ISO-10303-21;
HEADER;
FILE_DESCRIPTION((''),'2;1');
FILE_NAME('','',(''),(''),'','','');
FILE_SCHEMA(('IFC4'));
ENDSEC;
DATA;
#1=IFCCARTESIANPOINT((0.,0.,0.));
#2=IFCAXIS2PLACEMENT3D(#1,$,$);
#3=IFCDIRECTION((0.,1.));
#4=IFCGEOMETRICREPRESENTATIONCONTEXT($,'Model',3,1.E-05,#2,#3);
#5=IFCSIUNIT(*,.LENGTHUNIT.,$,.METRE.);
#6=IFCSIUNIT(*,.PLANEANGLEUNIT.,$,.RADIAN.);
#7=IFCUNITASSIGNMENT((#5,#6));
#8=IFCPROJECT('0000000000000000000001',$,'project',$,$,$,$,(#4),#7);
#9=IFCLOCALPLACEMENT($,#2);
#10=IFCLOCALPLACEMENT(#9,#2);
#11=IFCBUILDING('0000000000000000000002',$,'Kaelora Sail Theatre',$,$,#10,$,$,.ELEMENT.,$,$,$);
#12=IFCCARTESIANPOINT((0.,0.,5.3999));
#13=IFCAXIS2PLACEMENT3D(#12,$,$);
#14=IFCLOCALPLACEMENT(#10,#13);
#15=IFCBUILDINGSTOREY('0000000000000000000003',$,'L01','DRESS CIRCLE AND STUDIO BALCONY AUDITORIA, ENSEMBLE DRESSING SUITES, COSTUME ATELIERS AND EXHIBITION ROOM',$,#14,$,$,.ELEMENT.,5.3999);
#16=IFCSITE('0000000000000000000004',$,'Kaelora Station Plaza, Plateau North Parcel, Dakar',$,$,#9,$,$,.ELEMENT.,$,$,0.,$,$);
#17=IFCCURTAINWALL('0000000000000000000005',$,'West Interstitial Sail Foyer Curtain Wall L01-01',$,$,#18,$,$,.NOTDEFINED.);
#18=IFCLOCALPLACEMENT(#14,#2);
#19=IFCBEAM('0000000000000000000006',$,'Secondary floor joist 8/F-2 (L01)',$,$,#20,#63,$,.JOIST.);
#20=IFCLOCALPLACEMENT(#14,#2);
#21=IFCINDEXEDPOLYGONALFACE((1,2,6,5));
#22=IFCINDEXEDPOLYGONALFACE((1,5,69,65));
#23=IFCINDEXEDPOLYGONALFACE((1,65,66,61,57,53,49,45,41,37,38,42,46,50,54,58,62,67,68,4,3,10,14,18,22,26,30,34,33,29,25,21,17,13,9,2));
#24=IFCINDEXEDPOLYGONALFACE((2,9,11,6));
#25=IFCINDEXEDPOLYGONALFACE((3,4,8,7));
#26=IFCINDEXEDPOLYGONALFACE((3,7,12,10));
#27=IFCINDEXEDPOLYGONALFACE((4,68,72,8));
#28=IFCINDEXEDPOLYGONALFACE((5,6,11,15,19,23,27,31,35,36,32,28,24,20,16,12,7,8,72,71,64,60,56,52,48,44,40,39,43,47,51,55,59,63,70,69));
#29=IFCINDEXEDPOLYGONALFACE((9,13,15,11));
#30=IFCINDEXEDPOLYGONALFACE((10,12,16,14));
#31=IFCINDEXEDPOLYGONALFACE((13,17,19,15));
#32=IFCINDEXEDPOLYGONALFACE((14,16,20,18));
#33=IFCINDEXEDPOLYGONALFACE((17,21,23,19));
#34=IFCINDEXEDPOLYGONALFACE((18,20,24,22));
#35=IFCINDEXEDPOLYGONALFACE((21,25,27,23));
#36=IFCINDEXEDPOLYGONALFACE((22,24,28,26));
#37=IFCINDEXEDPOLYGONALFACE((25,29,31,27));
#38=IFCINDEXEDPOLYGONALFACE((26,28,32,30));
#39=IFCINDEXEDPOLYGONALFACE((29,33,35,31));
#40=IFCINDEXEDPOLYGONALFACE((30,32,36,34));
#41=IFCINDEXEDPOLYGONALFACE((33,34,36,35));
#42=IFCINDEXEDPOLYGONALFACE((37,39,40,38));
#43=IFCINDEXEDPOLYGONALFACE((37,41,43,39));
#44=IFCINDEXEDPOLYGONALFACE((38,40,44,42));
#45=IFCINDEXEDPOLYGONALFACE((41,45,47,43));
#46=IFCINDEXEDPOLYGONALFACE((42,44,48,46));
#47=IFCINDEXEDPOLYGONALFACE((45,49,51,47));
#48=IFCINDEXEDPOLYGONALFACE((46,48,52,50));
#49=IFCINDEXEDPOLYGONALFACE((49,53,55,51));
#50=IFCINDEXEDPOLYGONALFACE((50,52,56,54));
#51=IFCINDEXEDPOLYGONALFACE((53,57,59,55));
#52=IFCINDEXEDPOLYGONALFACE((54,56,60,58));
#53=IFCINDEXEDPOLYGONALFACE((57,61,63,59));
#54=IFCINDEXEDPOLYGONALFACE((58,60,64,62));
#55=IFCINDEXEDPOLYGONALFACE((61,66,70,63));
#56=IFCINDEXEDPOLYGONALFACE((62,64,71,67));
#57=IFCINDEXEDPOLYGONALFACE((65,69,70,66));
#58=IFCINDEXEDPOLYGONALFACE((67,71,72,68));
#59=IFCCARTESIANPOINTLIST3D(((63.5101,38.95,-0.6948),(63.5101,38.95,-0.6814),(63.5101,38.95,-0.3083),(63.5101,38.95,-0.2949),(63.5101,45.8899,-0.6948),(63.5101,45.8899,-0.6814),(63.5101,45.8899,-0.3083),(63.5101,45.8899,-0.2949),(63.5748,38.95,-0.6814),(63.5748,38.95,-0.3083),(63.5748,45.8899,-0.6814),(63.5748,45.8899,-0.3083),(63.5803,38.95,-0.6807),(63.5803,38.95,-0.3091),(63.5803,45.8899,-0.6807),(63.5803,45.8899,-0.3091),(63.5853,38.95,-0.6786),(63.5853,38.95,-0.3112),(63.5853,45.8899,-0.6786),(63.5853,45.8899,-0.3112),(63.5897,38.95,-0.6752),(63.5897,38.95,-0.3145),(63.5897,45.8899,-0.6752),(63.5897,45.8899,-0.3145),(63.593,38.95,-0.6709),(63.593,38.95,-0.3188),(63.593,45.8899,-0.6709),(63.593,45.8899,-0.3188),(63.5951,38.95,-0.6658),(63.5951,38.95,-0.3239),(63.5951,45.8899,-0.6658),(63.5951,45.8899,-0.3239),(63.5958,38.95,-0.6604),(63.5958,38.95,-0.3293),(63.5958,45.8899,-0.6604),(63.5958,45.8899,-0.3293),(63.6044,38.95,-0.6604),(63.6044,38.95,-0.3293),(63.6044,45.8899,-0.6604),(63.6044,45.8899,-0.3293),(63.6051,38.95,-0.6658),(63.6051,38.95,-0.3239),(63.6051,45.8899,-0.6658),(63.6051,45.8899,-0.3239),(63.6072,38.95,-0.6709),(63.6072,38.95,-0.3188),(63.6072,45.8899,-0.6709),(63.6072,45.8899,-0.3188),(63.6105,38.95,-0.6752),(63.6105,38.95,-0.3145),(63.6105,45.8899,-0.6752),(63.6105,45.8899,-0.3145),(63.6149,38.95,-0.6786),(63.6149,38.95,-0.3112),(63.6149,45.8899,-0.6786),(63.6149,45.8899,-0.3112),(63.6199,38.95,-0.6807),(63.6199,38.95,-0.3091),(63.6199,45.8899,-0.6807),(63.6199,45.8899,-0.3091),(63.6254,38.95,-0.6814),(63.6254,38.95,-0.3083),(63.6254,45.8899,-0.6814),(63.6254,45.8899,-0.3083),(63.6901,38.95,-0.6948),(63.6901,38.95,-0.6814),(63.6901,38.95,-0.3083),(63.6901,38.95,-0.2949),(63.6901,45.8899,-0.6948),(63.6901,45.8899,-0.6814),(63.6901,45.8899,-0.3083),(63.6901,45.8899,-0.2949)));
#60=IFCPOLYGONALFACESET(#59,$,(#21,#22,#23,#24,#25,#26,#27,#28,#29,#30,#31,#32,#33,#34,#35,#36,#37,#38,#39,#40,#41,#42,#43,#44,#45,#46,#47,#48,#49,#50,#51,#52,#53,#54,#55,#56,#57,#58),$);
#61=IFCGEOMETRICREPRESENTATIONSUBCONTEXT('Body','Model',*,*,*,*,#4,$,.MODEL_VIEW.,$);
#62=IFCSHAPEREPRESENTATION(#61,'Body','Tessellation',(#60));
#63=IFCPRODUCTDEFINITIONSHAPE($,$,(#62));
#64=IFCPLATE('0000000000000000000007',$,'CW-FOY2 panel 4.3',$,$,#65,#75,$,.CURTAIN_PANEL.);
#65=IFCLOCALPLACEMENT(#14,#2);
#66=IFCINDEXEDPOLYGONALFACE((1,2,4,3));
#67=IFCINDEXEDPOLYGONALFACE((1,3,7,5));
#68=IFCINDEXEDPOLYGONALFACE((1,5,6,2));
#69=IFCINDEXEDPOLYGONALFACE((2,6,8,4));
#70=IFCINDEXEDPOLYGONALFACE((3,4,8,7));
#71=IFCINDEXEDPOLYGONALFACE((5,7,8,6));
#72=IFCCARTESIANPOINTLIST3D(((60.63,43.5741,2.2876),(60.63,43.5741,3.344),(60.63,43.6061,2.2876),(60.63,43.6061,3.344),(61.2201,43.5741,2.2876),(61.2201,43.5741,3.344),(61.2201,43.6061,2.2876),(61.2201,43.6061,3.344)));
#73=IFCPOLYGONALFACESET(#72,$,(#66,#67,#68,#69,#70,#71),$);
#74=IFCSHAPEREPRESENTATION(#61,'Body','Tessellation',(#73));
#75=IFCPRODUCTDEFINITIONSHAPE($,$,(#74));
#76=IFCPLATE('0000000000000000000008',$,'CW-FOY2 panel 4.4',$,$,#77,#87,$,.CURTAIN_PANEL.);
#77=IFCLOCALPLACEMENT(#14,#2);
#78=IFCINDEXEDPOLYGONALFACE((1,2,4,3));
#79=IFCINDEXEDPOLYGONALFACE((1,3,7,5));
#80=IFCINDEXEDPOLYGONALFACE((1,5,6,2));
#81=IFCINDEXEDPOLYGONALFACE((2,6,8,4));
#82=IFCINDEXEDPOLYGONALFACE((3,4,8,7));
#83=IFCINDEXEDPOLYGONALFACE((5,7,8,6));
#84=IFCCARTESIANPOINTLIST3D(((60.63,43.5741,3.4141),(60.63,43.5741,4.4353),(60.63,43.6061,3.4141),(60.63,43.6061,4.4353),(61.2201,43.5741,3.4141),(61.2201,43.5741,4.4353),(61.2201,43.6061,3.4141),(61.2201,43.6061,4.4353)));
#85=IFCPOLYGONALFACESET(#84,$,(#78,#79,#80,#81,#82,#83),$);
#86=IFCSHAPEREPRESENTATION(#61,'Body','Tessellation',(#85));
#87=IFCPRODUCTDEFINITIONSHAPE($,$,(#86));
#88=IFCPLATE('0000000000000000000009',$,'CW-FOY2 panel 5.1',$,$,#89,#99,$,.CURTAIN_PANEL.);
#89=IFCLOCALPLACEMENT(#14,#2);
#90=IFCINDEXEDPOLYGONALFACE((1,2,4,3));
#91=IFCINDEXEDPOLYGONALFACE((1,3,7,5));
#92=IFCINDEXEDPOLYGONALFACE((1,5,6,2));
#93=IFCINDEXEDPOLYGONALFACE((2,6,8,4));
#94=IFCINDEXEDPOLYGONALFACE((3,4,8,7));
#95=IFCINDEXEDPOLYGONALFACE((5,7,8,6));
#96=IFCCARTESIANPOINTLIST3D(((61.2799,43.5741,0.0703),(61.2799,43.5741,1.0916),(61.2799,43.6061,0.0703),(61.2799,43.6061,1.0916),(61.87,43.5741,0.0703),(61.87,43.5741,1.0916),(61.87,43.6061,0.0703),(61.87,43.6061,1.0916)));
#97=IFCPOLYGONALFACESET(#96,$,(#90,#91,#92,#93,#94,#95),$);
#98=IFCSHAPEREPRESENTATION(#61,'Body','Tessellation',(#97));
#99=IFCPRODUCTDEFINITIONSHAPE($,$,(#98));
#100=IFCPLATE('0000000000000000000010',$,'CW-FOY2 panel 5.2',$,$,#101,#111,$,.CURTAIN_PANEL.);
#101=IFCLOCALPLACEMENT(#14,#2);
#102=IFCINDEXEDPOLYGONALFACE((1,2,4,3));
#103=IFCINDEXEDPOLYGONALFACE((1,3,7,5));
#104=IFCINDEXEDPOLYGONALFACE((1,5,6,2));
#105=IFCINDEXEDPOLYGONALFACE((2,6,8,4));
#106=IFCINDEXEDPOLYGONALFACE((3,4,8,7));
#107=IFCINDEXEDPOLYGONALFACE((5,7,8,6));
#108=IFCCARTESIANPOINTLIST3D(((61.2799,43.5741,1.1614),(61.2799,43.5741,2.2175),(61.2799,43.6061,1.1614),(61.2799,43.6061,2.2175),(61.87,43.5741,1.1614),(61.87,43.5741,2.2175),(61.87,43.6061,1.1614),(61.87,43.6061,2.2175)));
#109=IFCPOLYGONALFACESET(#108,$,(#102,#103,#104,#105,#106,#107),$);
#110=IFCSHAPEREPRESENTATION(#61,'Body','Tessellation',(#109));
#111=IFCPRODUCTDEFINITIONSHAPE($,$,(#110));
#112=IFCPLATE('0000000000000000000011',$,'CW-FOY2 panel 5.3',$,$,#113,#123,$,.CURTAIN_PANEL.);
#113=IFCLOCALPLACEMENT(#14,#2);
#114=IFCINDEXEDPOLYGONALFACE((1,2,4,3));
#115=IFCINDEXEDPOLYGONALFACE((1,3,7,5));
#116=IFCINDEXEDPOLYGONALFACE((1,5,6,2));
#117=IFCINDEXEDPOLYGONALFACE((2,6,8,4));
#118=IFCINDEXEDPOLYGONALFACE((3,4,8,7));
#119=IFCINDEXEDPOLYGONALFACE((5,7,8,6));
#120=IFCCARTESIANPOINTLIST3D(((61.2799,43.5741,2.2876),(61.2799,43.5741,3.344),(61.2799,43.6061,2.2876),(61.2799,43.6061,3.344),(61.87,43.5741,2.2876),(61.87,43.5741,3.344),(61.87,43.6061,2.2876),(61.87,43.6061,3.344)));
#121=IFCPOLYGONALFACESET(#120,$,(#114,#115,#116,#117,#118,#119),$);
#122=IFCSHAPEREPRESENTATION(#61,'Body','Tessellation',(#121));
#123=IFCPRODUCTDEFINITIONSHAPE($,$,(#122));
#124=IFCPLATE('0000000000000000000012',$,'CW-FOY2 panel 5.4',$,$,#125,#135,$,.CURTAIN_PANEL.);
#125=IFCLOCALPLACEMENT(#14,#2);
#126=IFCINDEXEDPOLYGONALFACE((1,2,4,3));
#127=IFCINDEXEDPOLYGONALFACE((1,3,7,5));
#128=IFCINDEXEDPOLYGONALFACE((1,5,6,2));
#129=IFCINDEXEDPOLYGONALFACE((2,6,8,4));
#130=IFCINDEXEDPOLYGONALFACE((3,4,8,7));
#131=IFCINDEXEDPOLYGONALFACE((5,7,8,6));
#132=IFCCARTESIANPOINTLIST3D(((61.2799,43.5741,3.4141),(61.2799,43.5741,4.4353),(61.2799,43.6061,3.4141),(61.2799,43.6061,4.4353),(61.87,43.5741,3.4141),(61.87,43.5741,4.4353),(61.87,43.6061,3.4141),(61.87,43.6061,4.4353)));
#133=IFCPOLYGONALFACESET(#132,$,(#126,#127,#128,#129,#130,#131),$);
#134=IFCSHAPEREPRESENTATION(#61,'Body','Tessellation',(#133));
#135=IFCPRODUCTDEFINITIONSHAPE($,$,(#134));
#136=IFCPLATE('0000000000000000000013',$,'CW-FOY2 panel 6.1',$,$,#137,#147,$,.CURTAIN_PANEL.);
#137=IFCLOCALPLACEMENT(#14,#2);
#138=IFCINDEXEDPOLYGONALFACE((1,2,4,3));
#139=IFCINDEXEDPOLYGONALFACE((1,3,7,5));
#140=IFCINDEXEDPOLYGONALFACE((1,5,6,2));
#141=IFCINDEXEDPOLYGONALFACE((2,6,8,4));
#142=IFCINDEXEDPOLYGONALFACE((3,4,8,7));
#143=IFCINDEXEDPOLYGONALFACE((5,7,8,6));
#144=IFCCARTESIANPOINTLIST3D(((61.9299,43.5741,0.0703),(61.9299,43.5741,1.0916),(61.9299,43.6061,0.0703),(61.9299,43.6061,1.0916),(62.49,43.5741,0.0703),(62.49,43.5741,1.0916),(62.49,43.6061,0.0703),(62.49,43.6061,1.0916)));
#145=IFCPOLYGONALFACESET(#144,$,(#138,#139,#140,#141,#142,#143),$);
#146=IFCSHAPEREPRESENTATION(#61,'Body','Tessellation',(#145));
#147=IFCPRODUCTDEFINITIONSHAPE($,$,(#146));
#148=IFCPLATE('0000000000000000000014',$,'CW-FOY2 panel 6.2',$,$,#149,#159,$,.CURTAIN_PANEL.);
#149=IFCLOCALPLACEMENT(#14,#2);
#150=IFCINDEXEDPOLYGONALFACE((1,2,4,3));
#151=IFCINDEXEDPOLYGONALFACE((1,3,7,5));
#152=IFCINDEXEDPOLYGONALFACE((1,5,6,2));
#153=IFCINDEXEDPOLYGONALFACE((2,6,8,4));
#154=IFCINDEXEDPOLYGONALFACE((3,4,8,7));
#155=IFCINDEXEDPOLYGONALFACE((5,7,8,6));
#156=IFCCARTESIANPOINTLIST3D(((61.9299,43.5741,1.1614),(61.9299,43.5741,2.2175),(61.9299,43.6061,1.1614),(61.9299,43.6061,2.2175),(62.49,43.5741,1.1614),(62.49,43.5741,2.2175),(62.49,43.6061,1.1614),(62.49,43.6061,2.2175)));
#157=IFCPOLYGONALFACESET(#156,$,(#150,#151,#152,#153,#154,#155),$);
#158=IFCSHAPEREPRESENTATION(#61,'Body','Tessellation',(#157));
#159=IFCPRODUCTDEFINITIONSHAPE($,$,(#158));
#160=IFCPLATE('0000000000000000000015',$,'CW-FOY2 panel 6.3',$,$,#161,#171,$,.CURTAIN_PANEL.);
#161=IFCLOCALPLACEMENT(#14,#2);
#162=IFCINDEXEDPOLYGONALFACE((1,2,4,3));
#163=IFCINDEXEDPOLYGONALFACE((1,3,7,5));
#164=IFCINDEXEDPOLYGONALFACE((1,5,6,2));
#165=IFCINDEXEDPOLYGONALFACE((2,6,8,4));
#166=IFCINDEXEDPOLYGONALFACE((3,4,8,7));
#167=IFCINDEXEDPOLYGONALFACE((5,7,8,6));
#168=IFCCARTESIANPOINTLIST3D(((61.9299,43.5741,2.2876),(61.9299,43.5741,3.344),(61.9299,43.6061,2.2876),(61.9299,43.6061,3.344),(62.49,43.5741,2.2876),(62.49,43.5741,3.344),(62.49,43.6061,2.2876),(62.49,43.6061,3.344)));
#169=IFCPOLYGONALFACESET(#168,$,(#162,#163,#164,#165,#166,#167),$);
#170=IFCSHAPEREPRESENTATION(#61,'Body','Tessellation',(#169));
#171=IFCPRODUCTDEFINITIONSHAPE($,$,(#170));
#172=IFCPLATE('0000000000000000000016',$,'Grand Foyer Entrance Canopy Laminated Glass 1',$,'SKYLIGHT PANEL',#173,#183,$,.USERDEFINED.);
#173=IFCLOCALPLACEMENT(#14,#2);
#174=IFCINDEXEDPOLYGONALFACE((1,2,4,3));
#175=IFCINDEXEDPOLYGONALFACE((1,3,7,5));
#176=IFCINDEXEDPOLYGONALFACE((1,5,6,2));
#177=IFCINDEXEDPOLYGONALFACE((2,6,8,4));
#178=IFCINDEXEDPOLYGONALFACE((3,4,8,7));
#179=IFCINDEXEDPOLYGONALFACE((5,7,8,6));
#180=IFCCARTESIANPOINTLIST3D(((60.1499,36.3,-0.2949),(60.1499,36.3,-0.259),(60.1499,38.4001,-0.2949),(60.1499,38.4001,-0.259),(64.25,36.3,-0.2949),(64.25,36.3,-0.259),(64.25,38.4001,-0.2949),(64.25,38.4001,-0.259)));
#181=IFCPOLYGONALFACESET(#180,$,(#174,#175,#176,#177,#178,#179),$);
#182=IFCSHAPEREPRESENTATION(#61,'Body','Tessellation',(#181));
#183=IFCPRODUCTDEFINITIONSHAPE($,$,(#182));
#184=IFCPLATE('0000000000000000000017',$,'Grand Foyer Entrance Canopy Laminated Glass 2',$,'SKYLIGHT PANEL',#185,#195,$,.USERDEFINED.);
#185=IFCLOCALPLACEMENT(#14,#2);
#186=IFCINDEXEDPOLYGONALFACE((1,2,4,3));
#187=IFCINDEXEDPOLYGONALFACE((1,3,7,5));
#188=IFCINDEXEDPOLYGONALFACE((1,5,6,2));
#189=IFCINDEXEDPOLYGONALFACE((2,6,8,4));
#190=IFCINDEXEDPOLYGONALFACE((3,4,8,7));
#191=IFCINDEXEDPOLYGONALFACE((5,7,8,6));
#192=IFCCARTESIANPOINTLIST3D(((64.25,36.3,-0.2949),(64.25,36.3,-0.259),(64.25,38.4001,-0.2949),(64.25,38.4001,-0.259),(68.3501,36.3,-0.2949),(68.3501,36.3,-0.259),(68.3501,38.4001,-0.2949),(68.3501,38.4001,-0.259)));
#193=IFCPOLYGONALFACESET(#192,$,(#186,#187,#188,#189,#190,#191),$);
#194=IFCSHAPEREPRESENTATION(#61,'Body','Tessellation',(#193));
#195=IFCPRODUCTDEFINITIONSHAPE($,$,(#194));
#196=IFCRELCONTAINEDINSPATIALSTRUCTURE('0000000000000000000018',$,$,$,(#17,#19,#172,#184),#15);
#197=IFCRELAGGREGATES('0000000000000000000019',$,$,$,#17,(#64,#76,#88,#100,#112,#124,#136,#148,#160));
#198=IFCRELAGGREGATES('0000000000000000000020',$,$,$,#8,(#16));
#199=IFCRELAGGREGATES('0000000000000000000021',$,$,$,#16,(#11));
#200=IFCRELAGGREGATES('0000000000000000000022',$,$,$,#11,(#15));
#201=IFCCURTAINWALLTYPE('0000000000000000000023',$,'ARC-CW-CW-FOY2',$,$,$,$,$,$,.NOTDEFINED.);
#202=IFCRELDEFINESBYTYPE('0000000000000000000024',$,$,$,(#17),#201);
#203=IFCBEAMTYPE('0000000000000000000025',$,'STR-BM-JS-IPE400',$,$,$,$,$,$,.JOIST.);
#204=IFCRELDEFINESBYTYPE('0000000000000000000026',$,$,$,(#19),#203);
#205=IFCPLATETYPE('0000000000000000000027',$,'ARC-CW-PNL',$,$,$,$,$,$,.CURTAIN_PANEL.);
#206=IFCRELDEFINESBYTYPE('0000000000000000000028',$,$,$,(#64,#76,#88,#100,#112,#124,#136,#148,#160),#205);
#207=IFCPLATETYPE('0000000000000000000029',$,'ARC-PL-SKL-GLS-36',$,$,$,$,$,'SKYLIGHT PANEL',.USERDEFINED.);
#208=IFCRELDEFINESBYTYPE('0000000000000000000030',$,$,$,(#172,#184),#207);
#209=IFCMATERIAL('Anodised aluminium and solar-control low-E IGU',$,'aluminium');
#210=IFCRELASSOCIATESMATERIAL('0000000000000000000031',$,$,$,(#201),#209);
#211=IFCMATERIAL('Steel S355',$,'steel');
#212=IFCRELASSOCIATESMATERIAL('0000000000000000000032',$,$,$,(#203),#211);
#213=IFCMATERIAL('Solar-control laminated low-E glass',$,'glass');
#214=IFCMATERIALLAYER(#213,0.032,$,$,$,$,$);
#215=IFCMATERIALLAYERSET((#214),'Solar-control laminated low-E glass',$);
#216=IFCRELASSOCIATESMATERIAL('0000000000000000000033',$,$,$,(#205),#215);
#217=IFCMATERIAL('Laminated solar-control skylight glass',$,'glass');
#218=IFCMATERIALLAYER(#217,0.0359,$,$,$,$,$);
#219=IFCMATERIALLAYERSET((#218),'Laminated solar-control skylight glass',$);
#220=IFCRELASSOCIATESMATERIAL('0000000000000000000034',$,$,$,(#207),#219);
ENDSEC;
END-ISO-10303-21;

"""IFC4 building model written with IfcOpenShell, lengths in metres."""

from ifc_helpers import new_model, si_unit, direction, frame, origin, origin_2d, place, context, subcontext, project, spatial, rectangle, i_section, extrude, material, layer, layer_set, material_profile, profile_set, type_object, element, aggregate, save


model = new_model("IFC4")

# Units and contexts
model_context = context("Model", 3, precision=1e-05, world=origin(), true_north=direction((0.0, 1.0)))
body_context = subcontext(model_context, "Body", "Model", "MODEL_VIEW")
ifc_project = project(units=[si_unit("LENGTHUNIT", "METRE"), si_unit("PLANEANGLEUNIT", "RADIAN")], contexts=[model_context])

# Site, building, storey
site_placement = place(None, origin())
site = spatial("IfcSite", under=ifc_project, at=site_placement, Name="Kaelora Station Plaza, Plateau North Parcel, Dakar", CompositionType="ELEMENT", RefElevation=0.0)
building_placement = place(site_placement, origin())
building = spatial("IfcBuilding", under=site, at=building_placement, Name="Kaelora Sail Theatre", CompositionType="ELEMENT")
storey_placement = place(building_placement, frame((0.0, 0.0, 5.3999)))
storey = spatial("IfcBuildingStorey", under=building, at=storey_placement, Name="L01", Description="DRESS CIRCLE AND STUDIO BALCONY AUDITORIA, ENSEMBLE DRESSING SUITES, COSTUME ATELIERS AND EXHIBITION ROOM", CompositionType="ELEMENT", Elevation=5.3999)

# Curtain wall
ifc_material_1 = material(Name="Anodised aluminium and solar-control low-E IGU", Category="aluminium")
curtain_wall_type = type_object("IfcCurtainWallType", Name="ARC-CW-CW-FOY2", PredefinedType="NOTDEFINED", material=ifc_material_1)
curtain_wall_placement = place(storey_placement, origin())
curtain_wall = element("IfcCurtainWall", 1, at=curtain_wall_placement, inside=storey, type_object=curtain_wall_type, Name="West Interstitial Sail Foyer Curtain Wall L01-01", PredefinedType="NOTDEFINED")

# Beam
ifc_material_2 = material(Name="Steel S355", Category="steel")
ifc_material_profile_1 = material_profile(ifc_material_2, i_section(OverallWidth=0.1799, OverallDepth=0.3999, WebThickness=0.0085, FlangeThickness=0.0134, FilletRadius=0.021, at=origin_2d()), Name="IPE 400")
ifc_profile_set_1 = profile_set([ifc_material_profile_1], Name="Steel S355")
beam_type_1 = type_object("IfcBeamType", Name="STR-BM-JS-IPE400", PredefinedType="JOIST", material=ifc_profile_set_1)
beam_1_placement = place(storey_placement, frame((63.6001, 38.95, -0.4949), z_axis=(0.0, 1.0, 0.0), x_axis=(-1.0, 0.0, 0.0)))
element("IfcBeam", 2, at=beam_1_placement, inside=storey, type_object=beam_type_1, Name="Secondary floor joist 8/F-2 (L01)", PredefinedType="JOIST", context=body_context, shape_type="SweptSolid", body=[
    extrude(i_section(OverallWidth=0.1799, OverallDepth=0.3999, WebThickness=0.0085, FlangeThickness=0.0134, FilletRadius=0.021, at=origin_2d()), origin(), (0.0, 0.0, 1.0), 6.9399),
])

# Plates
ifc_material_3 = material(Name="Solar-control laminated low-E glass", Category="glass")
ifc_layer_1 = layer(ifc_material_3, 0.032)
ifc_layer_set_1 = layer_set([ifc_layer_1], Name="Solar-control laminated low-E glass")
plate_type_1 = type_object("IfcPlateType", Name="ARC-CW-PNL", PredefinedType="CURTAIN_PANEL", material=ifc_layer_set_1)
plate_1_placement = place(storey_placement, frame((60.925, 43.5901, 2.2876), z_axis=(0.0, 0.0, 1.0), x_axis=(1.0, 0.0, 0.0)))
plate_1 = element("IfcPlate", 3, at=plate_1_placement, type_object=plate_type_1, Name="CW-FOY2 panel 4.3", PredefinedType="CURTAIN_PANEL", context=body_context, shape_type="SweptSolid", body=[
    extrude(rectangle(XDim=0.5901, YDim=0.032, at=origin_2d()), origin(), (0.0, 0.0, 1.0), 1.0564),
])
plate_2_placement = place(storey_placement, frame((60.925, 43.5901, 3.4141), z_axis=(0.0, 0.0, 1.0), x_axis=(1.0, 0.0, 0.0)))
plate_2 = element("IfcPlate", 4, at=plate_2_placement, type_object=plate_type_1, Name="CW-FOY2 panel 4.4", PredefinedType="CURTAIN_PANEL", context=body_context, shape_type="SweptSolid", body=[
    extrude(rectangle(XDim=0.5901, YDim=0.032, at=origin_2d()), origin(), (0.0, 0.0, 1.0), 1.0212),
])
plate_3_placement = place(storey_placement, frame((61.575, 43.5901, 0.0703), z_axis=(0.0, 0.0, 1.0), x_axis=(1.0, 0.0, 0.0)))
plate_3 = element("IfcPlate", 5, at=plate_3_placement, type_object=plate_type_1, Name="CW-FOY2 panel 5.1", PredefinedType="CURTAIN_PANEL", context=body_context, shape_type="SweptSolid", body=[
    extrude(rectangle(XDim=0.5901, YDim=0.032, at=origin_2d()), origin(), (0.0, 0.0, 1.0), 1.0212),
])
plate_4_placement = place(storey_placement, frame((61.575, 43.5901, 1.1614), z_axis=(0.0, 0.0, 1.0), x_axis=(1.0, 0.0, 0.0)))
plate_4 = element("IfcPlate", 6, at=plate_4_placement, type_object=plate_type_1, Name="CW-FOY2 panel 5.2", PredefinedType="CURTAIN_PANEL", context=body_context, shape_type="SweptSolid", body=[
    extrude(rectangle(XDim=0.5901, YDim=0.032, at=origin_2d()), origin(), (0.0, 0.0, 1.0), 1.0562),
])
plate_5_placement = place(storey_placement, frame((61.575, 43.5901, 2.2876), z_axis=(0.0, 0.0, 1.0), x_axis=(1.0, 0.0, 0.0)))
plate_5 = element("IfcPlate", 7, at=plate_5_placement, type_object=plate_type_1, Name="CW-FOY2 panel 5.3", PredefinedType="CURTAIN_PANEL", context=body_context, shape_type="SweptSolid", body=[
    extrude(rectangle(XDim=0.5901, YDim=0.032, at=origin_2d()), origin(), (0.0, 0.0, 1.0), 1.0564),
])
plate_6_placement = place(storey_placement, frame((61.575, 43.5901, 3.4141), z_axis=(0.0, 0.0, 1.0), x_axis=(1.0, 0.0, 0.0)))
plate_6 = element("IfcPlate", 8, at=plate_6_placement, type_object=plate_type_1, Name="CW-FOY2 panel 5.4", PredefinedType="CURTAIN_PANEL", context=body_context, shape_type="SweptSolid", body=[
    extrude(rectangle(XDim=0.5901, YDim=0.032, at=origin_2d()), origin(), (0.0, 0.0, 1.0), 1.0212),
])
plate_7_placement = place(storey_placement, frame((62.21, 43.5901, 0.0703), z_axis=(0.0, 0.0, 1.0), x_axis=(1.0, 0.0, 0.0)))
plate_7 = element("IfcPlate", 9, at=plate_7_placement, type_object=plate_type_1, Name="CW-FOY2 panel 6.1", PredefinedType="CURTAIN_PANEL", context=body_context, shape_type="SweptSolid", body=[
    extrude(rectangle(XDim=0.5601, YDim=0.032, at=origin_2d()), origin(), (0.0, 0.0, 1.0), 1.0212),
])
plate_8_placement = place(storey_placement, frame((62.21, 43.5901, 1.1614), z_axis=(0.0, 0.0, 1.0), x_axis=(1.0, 0.0, 0.0)))
plate_8 = element("IfcPlate", 10, at=plate_8_placement, type_object=plate_type_1, Name="CW-FOY2 panel 6.2", PredefinedType="CURTAIN_PANEL", context=body_context, shape_type="SweptSolid", body=[
    extrude(rectangle(XDim=0.5601, YDim=0.032, at=origin_2d()), origin(), (0.0, 0.0, 1.0), 1.0562),
])
plate_9_placement = place(storey_placement, frame((62.21, 43.5901, 2.2876), z_axis=(0.0, 0.0, 1.0), x_axis=(1.0, 0.0, 0.0)))
plate_9 = element("IfcPlate", 11, at=plate_9_placement, type_object=plate_type_1, Name="CW-FOY2 panel 6.3", PredefinedType="CURTAIN_PANEL", context=body_context, shape_type="SweptSolid", body=[
    extrude(rectangle(XDim=0.5601, YDim=0.032, at=origin_2d()), origin(), (0.0, 0.0, 1.0), 1.0564),
])
aggregate(curtain_wall, [plate_1, plate_2, plate_3, plate_4, plate_5, plate_6, plate_7, plate_8, plate_9])

# Plates
ifc_material_4 = material(Name="Laminated solar-control skylight glass", Category="glass")
ifc_layer_2 = layer(ifc_material_4, 0.0359)
ifc_layer_set_2 = layer_set([ifc_layer_2], Name="Laminated solar-control skylight glass")
plate_type_2 = type_object("IfcPlateType", Name="ARC-PL-SKL-GLS-36", ElementType="SKYLIGHT PANEL", PredefinedType="USERDEFINED", material=ifc_layer_set_2)
for number, where, z_axis, x_axis, name in (
    (12, (62.2, 37.3501, -0.2949), (0.0, 0.0, 1.0), (1.0, 0.0, 0.0), "Grand Foyer Entrance Canopy Laminated Glass 1"),
    (13, (66.3, 37.3501, -0.2949), (0.0, 0.0, 1.0), (1.0, 0.0, 0.0), "Grand Foyer Entrance Canopy Laminated Glass 2"),
):
    element("IfcPlate", number, at=place(storey_placement, frame(where, z_axis=z_axis, x_axis=x_axis)), inside=storey, type_object=plate_type_2, Name=name, ObjectType="SKYLIGHT PANEL", PredefinedType="USERDEFINED", context=body_context, shape_type="SweptSolid", body=[
        extrude(rectangle(XDim=4.1001, YDim=2.1001, at=origin_2d()), origin(), (0.0, 0.0, 1.0), 0.0359),
    ])

save(model, "model.ifc")
